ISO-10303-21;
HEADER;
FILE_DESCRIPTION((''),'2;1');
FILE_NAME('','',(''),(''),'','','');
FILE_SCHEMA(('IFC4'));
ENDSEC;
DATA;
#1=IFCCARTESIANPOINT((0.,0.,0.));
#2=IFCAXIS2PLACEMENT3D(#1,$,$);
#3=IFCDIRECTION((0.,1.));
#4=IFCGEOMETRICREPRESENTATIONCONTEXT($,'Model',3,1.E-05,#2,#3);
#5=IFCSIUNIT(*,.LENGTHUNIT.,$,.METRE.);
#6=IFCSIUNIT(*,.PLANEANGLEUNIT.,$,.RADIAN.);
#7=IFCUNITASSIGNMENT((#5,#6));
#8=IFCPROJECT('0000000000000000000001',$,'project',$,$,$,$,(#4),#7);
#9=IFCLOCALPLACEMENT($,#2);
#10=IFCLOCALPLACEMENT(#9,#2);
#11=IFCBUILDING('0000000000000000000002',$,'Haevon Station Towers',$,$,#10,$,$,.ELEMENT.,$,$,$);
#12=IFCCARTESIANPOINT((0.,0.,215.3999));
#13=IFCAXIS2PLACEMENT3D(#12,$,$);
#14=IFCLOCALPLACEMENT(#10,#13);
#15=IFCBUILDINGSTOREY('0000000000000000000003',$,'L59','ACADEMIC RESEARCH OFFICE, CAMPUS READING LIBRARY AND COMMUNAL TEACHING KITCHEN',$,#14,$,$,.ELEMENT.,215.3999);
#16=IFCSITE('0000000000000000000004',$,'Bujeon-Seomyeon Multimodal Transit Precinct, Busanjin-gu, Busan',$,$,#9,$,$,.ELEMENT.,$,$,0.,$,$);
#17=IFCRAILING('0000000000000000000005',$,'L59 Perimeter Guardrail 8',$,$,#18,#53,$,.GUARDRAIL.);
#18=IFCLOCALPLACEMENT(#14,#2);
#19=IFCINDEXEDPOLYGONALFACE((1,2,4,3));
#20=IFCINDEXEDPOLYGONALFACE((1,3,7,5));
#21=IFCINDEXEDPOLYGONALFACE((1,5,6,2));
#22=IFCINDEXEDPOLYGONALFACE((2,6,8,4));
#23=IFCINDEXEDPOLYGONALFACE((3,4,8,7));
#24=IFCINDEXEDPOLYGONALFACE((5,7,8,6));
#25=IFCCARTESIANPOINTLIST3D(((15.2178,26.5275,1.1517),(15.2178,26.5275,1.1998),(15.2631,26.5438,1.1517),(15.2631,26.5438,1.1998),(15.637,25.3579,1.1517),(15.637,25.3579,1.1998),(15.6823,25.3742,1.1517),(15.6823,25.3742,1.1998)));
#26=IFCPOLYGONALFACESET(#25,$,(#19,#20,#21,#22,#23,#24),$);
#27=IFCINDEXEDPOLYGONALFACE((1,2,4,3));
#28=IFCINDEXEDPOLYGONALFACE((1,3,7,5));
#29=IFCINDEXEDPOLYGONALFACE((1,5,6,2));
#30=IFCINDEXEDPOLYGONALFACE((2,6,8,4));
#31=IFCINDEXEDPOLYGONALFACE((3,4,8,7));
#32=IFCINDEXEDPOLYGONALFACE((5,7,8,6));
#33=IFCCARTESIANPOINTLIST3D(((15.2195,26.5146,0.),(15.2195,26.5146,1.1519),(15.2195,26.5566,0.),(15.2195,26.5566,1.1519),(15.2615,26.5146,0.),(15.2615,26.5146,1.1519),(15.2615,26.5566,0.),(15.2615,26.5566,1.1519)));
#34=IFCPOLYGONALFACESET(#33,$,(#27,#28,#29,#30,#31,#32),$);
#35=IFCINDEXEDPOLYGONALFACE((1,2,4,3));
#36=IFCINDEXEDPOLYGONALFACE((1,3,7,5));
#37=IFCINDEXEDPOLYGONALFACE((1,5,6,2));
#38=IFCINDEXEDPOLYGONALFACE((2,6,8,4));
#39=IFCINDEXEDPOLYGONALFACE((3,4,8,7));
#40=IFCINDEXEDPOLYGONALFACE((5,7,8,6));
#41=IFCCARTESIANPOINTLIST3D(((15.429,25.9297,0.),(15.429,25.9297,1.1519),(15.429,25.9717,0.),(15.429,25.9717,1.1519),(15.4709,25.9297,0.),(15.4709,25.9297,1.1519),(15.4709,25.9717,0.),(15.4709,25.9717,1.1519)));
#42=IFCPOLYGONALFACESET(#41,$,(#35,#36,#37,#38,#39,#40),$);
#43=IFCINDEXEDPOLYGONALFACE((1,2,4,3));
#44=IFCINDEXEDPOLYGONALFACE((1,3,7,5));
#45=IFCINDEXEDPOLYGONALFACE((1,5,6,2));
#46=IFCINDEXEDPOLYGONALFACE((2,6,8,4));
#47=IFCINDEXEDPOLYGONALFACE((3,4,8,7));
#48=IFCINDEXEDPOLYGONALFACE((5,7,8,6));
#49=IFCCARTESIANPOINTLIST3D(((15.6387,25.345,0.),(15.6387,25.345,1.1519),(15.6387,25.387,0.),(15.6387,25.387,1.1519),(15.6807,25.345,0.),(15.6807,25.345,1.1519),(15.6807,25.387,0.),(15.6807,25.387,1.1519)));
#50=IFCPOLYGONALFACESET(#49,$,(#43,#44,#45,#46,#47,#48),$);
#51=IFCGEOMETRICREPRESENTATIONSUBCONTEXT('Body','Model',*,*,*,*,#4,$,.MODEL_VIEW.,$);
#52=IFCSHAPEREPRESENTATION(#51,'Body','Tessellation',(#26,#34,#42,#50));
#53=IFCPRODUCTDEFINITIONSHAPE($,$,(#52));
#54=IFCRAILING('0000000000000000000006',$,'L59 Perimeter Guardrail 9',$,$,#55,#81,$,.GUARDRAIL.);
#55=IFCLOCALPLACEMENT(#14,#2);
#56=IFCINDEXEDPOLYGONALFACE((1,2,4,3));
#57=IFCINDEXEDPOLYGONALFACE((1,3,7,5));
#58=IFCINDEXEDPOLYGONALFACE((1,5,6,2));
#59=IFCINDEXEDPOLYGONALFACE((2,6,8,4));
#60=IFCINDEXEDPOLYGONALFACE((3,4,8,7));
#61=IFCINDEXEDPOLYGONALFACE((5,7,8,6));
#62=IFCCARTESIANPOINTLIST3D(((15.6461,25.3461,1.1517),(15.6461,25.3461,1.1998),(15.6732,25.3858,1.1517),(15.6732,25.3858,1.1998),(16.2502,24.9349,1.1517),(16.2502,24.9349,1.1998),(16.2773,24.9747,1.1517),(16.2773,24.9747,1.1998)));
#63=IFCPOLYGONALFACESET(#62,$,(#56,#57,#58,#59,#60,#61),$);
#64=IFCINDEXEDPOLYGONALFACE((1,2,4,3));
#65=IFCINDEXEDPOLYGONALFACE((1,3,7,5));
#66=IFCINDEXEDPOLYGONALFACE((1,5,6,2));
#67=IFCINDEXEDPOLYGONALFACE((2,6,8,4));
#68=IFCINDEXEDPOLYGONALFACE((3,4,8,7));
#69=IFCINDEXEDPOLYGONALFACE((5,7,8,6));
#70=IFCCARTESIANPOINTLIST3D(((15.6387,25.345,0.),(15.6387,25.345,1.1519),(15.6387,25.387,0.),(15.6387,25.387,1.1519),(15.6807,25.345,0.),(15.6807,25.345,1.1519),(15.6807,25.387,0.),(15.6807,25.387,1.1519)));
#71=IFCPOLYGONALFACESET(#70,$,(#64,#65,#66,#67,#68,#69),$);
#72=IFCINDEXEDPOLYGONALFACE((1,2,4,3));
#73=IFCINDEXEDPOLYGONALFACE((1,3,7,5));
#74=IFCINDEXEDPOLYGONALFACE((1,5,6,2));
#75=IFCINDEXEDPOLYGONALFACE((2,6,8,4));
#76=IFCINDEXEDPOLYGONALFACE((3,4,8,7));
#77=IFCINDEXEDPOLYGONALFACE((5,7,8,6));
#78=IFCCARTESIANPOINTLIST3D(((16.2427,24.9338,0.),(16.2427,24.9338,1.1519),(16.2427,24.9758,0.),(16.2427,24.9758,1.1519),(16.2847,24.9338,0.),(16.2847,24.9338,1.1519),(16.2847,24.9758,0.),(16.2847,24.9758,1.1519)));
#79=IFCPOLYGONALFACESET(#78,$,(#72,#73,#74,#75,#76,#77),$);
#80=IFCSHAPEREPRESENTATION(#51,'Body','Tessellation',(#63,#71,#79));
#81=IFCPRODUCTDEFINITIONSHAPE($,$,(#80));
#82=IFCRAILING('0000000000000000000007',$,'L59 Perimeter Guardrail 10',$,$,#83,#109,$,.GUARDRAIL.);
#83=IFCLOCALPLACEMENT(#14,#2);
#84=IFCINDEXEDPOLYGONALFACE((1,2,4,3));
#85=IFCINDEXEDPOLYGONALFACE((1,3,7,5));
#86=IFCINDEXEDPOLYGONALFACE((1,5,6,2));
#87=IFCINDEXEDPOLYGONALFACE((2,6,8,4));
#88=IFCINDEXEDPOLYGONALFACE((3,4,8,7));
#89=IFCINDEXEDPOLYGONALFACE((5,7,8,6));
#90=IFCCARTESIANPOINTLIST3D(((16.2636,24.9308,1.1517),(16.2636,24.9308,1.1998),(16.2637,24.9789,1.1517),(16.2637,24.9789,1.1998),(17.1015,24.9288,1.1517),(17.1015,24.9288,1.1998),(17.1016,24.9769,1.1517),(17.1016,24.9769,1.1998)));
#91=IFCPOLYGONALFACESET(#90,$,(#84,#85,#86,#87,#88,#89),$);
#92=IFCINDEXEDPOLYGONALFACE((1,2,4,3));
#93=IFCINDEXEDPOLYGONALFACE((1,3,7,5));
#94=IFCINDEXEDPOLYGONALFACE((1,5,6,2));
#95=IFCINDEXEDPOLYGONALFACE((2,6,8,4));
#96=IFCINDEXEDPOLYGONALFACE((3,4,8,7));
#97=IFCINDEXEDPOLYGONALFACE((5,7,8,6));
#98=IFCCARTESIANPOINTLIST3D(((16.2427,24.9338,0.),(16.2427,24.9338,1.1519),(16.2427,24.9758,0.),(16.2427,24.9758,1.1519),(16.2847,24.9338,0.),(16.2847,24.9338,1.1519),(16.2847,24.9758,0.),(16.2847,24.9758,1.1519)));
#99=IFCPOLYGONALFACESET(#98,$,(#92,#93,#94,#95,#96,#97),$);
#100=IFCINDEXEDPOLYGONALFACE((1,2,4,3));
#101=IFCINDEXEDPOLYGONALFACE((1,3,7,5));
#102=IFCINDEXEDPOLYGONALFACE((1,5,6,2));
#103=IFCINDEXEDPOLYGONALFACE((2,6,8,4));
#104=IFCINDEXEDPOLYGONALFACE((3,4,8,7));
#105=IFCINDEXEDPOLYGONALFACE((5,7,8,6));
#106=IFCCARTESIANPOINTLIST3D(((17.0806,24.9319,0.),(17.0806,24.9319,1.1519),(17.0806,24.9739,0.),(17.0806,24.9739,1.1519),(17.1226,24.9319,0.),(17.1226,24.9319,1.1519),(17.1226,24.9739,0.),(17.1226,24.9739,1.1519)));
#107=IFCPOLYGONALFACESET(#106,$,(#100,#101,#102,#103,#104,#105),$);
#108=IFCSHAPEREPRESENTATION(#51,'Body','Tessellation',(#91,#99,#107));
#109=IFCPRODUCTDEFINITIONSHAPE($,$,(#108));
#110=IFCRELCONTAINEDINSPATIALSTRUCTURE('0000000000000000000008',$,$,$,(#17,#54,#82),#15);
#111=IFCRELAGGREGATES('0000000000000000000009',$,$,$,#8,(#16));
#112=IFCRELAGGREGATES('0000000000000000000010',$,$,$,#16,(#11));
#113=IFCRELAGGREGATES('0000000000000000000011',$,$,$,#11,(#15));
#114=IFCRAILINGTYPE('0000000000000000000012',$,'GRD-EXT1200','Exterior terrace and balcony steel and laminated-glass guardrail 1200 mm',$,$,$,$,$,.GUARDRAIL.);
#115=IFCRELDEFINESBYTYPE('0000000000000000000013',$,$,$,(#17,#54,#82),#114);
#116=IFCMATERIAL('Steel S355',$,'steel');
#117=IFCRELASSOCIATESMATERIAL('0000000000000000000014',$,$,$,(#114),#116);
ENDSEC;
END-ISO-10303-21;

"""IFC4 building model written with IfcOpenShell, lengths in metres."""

from ifc_helpers import new_model, si_unit, direction, frame, origin, origin_2d, place, context, subcontext, project, spatial, rectangle, extrude, material, type_object, element, save


model = new_model("IFC4")

# Units and contexts
model_context = context("Model", 3, precision=1e-05, world=origin(), true_north=direction((0.0, 1.0)))
body_context = subcontext(model_context, "Body", "Model", "MODEL_VIEW")
ifc_project = project(units=[si_unit("LENGTHUNIT", "METRE"), si_unit("PLANEANGLEUNIT", "RADIAN")], contexts=[model_context])

# Site, building, storey
site_placement = place(None, origin())
site = spatial("IfcSite", under=ifc_project, at=site_placement, Name="Bujeon-Seomyeon Multimodal Transit Precinct, Busanjin-gu, Busan", CompositionType="ELEMENT", RefElevation=0.0)
building_placement = place(site_placement, origin())
building = spatial("IfcBuilding", under=site, at=building_placement, Name="Haevon Station Towers", CompositionType="ELEMENT")
storey_placement = place(building_placement, frame((0.0, 0.0, 215.3999)))
storey = spatial("IfcBuildingStorey", under=building, at=storey_placement, Name="L59", Description="ACADEMIC RESEARCH OFFICE, CAMPUS READING LIBRARY AND COMMUNAL TEACHING KITCHEN", CompositionType="ELEMENT", Elevation=215.3999)

# Shared definitions
ifc_material_1 = material(Name="Steel S355", Category="steel")

# Railings
railing_type = type_object("IfcRailingType", Name="GRD-EXT1200", Description="Exterior terrace and balcony steel and laminated-glass guardrail 1200 mm", PredefinedType="GUARDRAIL", material=ifc_material_1)
railing_1_placement = place(storey_placement, frame((15.2405, 26.5356, 0.0)))
element("IfcRailing", 1, at=railing_1_placement, inside=storey, type_object=railing_type, Name="L59 Perimeter Guardrail 8", PredefinedType="GUARDRAIL", context=body_context, shape_type="SweptSolid", body=[
    extrude(rectangle(XDim=0.0481, YDim=0.0481, at=origin_2d()), frame((0.0, 0.0, 1.1758), z_axis=(0.337369, -0.941372, 0.0), x_axis=(0.941372, 0.337369, 0.0)), (0.0, 0.0, 1.0), 1.2424),
    extrude(rectangle(XDim=0.042, YDim=0.042, at=origin_2d()), origin(), (0.0, 0.0, 1.0), 1.1519),
    extrude(rectangle(XDim=0.042, YDim=0.042, at=origin_2d()), frame((0.2095, -0.585, 0.0)), (0.0, 0.0, 1.0), 1.1519),
    extrude(rectangle(XDim=0.042, YDim=0.042, at=origin_2d()), frame((0.4192, -1.1697, 0.0)), (0.0, 0.0, 1.0), 1.1519),
])
railing_2_placement = place(storey_placement, frame((15.6597, 25.366, 0.0)))
element("IfcRailing", 2, at=railing_2_placement, inside=storey, type_object=railing_type, Name="L59 Perimeter Guardrail 9", PredefinedType="GUARDRAIL", context=body_context, shape_type="SweptSolid", body=[
    extrude(rectangle(XDim=0.0481, YDim=0.0481, at=origin_2d()), frame((0.0, 0.0, 1.1758), z_axis=(0.826665, -0.562694, 0.0), x_axis=(0.562694, 0.826665, 0.0)), (0.0, 0.0, 1.0), 0.7307),
    extrude(rectangle(XDim=0.042, YDim=0.042, at=origin_2d()), origin(), (0.0, 0.0, 1.0), 1.1519),
    extrude(rectangle(XDim=0.042, YDim=0.042, at=origin_2d()), frame((0.604, -0.4111, 0.0)), (0.0, 0.0, 1.0), 1.1519),
])
railing_3_placement = place(storey_placement, frame((16.2637, 24.9548, 0.0)))
element("IfcRailing", 3, at=railing_3_placement, inside=storey, type_object=railing_type, Name="L59 Perimeter Guardrail 10", PredefinedType="GUARDRAIL", context=body_context, shape_type="SweptSolid", body=[
    extrude(rectangle(XDim=0.0481, YDim=0.0481, at=origin_2d()), frame((0.0, 0.0, 1.1758), z_axis=(0.999997, -0.002331, 0.0), x_axis=(0.002331, 0.999997, 0.0)), (0.0, 0.0, 1.0), 0.8379),
    extrude(rectangle(XDim=0.042, YDim=0.042, at=origin_2d()), origin(), (0.0, 0.0, 1.0), 1.1519),
    extrude(rectangle(XDim=0.042, YDim=0.042, at=origin_2d()), frame((0.8379, -0.002, 0.0)), (0.0, 0.0, 1.0), 1.1519),
])

save(model, "model.ifc")
